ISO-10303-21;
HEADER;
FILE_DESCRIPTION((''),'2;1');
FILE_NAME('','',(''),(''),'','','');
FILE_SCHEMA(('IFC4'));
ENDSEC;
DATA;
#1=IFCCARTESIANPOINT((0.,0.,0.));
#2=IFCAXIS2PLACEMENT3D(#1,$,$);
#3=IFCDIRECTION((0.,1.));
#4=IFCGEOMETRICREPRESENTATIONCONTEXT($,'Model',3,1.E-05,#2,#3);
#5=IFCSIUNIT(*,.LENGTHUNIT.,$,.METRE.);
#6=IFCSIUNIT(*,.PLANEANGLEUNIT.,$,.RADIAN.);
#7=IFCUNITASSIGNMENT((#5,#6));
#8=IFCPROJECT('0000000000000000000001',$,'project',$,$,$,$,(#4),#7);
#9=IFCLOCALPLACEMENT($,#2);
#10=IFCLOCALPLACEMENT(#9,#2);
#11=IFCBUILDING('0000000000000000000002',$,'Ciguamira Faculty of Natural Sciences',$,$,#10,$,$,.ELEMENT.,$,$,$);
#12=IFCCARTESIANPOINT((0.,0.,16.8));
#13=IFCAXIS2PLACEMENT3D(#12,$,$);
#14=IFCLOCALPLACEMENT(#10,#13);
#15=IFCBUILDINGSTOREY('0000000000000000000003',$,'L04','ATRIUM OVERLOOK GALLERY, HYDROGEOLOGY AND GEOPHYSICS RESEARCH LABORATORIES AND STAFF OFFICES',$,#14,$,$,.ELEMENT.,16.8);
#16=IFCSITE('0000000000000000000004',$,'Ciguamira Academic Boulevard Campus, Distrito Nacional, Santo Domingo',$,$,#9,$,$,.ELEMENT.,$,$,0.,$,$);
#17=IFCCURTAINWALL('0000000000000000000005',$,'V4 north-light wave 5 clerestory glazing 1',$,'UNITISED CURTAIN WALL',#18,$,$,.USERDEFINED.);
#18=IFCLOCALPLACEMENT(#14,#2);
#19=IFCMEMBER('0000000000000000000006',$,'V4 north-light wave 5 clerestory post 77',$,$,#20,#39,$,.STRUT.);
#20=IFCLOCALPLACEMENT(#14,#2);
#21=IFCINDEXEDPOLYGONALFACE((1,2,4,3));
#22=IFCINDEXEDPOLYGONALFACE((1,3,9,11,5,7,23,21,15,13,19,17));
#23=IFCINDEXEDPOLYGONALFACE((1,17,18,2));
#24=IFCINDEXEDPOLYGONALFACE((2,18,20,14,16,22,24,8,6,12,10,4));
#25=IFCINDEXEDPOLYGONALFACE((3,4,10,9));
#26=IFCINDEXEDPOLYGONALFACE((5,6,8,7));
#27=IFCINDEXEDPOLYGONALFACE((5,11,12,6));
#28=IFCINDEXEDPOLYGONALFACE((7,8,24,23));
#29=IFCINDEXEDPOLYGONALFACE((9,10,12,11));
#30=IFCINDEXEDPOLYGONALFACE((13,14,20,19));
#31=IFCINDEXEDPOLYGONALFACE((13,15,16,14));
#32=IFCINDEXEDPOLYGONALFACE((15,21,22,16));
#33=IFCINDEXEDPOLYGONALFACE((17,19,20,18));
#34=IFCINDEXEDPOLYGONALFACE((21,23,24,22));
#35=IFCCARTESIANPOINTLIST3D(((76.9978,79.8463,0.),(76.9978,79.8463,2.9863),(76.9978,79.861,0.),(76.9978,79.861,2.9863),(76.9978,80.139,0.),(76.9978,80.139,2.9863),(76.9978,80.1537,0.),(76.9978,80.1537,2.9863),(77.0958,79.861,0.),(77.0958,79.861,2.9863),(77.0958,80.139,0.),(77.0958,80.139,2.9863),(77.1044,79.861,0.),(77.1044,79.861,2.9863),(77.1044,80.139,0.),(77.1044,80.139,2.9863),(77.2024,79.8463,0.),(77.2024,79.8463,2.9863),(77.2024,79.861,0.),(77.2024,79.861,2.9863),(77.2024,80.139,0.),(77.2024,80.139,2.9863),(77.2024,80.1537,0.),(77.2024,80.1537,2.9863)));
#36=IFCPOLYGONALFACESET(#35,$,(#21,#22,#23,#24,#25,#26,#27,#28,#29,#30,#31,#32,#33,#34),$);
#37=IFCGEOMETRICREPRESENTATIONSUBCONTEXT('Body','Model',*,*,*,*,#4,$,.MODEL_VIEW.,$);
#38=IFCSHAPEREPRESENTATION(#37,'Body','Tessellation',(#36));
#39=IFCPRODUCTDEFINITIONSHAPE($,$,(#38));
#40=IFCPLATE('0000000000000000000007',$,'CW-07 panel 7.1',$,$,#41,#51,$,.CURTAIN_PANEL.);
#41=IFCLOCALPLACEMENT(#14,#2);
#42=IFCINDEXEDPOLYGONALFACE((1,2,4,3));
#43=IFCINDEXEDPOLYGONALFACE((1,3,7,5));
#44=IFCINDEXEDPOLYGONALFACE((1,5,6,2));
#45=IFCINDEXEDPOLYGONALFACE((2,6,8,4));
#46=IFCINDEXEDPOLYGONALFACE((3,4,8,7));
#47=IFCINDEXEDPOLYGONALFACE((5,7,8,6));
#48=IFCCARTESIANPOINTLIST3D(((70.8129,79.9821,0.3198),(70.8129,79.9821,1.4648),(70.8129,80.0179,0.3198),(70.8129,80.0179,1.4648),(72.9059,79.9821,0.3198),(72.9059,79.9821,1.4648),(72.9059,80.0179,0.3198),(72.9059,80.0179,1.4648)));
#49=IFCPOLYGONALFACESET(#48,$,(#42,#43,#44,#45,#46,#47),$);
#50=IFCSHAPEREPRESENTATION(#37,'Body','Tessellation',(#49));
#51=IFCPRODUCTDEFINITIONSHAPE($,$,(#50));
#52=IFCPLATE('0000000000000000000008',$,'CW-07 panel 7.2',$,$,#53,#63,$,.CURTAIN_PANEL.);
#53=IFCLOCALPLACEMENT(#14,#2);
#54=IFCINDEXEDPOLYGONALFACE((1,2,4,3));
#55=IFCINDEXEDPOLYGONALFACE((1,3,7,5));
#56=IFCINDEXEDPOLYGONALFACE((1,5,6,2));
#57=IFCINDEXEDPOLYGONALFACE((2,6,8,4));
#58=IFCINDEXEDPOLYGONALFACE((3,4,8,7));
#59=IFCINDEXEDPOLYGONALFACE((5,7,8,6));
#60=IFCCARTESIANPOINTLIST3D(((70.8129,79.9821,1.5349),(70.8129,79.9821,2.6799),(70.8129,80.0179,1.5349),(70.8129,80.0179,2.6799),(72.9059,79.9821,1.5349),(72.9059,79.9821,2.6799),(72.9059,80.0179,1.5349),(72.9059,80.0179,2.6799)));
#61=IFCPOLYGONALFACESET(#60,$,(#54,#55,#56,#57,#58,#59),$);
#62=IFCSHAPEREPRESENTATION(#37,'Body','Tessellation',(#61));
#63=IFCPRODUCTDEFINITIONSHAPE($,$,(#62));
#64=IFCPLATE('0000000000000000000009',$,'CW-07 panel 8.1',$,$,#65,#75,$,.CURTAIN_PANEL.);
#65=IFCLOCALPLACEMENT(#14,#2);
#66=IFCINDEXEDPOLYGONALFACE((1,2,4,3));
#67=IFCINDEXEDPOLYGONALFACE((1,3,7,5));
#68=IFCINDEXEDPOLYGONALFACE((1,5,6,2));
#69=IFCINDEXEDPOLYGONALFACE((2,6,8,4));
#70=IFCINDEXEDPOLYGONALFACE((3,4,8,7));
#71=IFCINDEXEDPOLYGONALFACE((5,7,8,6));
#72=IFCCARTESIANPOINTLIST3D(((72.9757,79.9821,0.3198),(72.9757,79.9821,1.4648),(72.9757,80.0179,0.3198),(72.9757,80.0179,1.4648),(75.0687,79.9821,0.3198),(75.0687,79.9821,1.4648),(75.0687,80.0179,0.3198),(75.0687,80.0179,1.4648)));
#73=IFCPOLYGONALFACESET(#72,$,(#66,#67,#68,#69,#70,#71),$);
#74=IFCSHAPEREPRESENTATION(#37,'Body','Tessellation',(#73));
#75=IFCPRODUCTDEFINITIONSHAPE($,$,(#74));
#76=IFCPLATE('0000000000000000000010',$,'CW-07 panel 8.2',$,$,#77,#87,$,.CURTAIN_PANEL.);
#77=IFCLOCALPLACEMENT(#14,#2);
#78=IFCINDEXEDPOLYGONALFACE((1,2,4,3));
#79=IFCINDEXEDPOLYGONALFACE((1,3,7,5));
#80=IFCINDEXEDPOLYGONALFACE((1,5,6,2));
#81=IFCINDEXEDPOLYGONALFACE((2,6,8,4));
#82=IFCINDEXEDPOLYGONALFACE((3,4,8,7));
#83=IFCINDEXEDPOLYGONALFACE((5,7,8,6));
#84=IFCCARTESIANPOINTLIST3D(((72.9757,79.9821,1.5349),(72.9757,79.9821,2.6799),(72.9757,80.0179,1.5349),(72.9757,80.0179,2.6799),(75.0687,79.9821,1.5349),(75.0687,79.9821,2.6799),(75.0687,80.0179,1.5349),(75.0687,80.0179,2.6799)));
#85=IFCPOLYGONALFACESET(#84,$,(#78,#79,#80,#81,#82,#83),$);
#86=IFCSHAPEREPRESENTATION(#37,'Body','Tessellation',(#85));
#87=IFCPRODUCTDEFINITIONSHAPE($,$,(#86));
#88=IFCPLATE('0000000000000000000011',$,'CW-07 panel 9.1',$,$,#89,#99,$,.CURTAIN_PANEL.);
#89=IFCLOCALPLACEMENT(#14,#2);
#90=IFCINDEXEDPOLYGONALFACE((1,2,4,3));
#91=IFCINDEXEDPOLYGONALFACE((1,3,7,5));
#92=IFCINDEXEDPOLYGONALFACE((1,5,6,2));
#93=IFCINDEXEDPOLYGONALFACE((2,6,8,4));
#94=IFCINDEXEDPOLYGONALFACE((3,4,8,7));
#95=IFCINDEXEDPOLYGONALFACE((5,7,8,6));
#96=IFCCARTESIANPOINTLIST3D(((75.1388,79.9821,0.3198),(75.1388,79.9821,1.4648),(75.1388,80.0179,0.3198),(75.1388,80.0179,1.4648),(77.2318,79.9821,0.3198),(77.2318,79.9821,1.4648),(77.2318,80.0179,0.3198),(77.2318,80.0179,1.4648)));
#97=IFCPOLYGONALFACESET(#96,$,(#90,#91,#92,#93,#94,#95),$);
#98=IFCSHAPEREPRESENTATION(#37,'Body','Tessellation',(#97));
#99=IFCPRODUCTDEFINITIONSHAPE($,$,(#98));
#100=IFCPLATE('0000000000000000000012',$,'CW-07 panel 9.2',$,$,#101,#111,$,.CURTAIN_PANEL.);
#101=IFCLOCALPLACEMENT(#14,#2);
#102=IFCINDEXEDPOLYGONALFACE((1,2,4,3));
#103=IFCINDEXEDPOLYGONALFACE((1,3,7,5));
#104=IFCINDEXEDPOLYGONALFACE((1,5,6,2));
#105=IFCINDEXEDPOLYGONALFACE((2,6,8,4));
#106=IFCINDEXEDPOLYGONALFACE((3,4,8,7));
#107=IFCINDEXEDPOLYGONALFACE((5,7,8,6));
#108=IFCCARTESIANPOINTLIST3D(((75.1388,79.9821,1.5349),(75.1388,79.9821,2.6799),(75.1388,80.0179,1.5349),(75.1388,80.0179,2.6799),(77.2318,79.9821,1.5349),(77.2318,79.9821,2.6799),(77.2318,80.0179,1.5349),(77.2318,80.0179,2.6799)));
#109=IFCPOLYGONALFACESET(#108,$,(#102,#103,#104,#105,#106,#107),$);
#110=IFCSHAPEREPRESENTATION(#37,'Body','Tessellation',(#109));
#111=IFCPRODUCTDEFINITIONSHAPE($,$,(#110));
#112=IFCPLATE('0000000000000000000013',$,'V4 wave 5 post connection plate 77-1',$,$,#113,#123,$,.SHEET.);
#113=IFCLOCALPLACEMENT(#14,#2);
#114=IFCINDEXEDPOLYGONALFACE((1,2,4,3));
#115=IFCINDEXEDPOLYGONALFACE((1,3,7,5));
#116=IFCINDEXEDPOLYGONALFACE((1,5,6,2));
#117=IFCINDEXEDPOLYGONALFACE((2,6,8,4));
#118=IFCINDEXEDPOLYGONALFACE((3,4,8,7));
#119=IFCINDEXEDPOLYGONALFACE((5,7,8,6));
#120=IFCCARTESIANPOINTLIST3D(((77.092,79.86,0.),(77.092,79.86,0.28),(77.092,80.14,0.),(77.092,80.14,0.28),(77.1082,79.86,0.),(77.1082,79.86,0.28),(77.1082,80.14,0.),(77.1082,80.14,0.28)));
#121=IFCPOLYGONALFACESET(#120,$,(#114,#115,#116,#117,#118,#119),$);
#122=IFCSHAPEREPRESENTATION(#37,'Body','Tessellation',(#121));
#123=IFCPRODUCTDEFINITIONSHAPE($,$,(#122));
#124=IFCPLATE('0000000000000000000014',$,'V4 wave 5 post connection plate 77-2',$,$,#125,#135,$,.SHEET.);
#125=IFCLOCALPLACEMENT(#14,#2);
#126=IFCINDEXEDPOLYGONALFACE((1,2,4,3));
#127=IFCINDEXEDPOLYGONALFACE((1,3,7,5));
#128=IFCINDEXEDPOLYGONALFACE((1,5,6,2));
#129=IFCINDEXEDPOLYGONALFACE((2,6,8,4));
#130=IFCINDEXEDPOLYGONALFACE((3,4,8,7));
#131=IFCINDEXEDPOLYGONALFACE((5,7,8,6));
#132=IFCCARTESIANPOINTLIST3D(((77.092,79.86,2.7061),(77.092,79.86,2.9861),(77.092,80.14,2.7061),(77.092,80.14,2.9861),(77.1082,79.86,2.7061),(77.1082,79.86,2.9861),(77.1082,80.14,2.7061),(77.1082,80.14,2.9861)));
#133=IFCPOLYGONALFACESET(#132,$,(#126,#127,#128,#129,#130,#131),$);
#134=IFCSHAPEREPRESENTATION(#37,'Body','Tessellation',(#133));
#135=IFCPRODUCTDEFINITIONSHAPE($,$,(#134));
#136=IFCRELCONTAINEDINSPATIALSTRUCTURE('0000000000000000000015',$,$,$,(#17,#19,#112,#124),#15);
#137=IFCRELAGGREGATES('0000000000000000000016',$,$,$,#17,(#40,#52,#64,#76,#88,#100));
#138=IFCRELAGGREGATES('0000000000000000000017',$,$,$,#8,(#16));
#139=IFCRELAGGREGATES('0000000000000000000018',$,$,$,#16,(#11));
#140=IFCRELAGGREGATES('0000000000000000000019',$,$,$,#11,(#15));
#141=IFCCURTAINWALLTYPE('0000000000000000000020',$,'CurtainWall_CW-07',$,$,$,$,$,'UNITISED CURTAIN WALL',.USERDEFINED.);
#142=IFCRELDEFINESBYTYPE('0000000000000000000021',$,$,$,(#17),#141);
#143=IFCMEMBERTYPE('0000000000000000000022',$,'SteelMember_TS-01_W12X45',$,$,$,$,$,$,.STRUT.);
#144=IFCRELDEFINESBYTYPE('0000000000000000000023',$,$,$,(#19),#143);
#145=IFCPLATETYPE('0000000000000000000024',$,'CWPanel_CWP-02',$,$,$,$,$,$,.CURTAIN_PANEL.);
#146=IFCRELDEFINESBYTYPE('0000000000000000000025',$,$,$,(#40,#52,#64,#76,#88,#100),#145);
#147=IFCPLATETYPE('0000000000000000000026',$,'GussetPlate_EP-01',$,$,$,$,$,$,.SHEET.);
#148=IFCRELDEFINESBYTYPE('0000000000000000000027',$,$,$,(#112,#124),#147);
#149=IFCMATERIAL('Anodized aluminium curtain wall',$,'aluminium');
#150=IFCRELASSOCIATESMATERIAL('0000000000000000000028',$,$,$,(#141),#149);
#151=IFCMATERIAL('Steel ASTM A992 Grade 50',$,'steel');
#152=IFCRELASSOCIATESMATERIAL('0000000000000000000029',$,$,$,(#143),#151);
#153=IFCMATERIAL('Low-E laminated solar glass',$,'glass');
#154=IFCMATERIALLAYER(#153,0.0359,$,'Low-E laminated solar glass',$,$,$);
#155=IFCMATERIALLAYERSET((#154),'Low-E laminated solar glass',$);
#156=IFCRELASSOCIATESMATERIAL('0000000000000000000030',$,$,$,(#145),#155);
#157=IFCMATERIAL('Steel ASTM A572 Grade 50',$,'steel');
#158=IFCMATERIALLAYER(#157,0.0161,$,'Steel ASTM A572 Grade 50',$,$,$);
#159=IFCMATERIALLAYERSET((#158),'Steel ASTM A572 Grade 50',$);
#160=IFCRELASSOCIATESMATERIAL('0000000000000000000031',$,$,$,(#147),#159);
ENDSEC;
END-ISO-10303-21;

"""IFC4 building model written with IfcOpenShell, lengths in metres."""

from ifc_helpers import new_model, si_unit, direction, frame, origin, origin_2d, place, context, subcontext, project, spatial, rectangle, i_section, extrude, material, layer, layer_set, material_profile, profile_set, type_object, element, aggregate, save


model = new_model("IFC4")

# Units and contexts
model_context = context("Model", 3, precision=1e-05, world=origin(), true_north=direction((0.0, 1.0)))
body_context = subcontext(model_context, "Body", "Model", "MODEL_VIEW")
ifc_project = project(units=[si_unit("LENGTHUNIT", "METRE"), si_unit("PLANEANGLEUNIT", "RADIAN")], contexts=[model_context])

# Site, building, storey
site_placement = place(None, origin())
site = spatial("IfcSite", under=ifc_project, at=site_placement, Name="Ciguamira Academic Boulevard Campus, Distrito Nacional, Santo Domingo", CompositionType="ELEMENT", RefElevation=0.0)
building_placement = place(site_placement, origin())
building = spatial("IfcBuilding", under=site, at=building_placement, Name="Ciguamira Faculty of Natural Sciences", CompositionType="ELEMENT")
storey_placement = place(building_placement, frame((0.0, 0.0, 16.8)))
storey = spatial("IfcBuildingStorey", under=building, at=storey_placement, Name="L04", Description="ATRIUM OVERLOOK GALLERY, HYDROGEOLOGY AND GEOPHYSICS RESEARCH LABORATORIES AND STAFF OFFICES", CompositionType="ELEMENT", Elevation=16.8)

# Curtain wall
ifc_material_1 = material(Name="Anodized aluminium curtain wall", Category="aluminium")
curtain_wall_type = type_object("IfcCurtainWallType", Name="CurtainWall_CW-07", ElementType="UNITISED CURTAIN WALL", PredefinedType="USERDEFINED", material=ifc_material_1)
curtain_wall_placement = place(storey_placement, origin())
curtain_wall = element("IfcCurtainWall", 1, at=curtain_wall_placement, inside=storey, type_object=curtain_wall_type, Name="V4 north-light wave 5 clerestory glazing 1", ObjectType="UNITISED CURTAIN WALL", PredefinedType="USERDEFINED")

# Member
ifc_material_2 = material(Name="Steel ASTM A992 Grade 50", Category="steel")
ifc_material_profile_1 = material_profile(ifc_material_2, i_section(OverallWidth=0.2046, OverallDepth=0.3074, WebThickness=0.0085, FlangeThickness=0.0146, at=origin_2d()), Name="W12X45")
ifc_profile_set_1 = profile_set([ifc_material_profile_1], Name="Steel ASTM A992 Grade 50")
member_type_1 = type_object("IfcMemberType", Name="SteelMember_TS-01_W12X45", PredefinedType="STRUT", material=ifc_profile_set_1)
member_1_placement = place(storey_placement, frame((77.1001, 80.0, 0.0), z_axis=(0.0, 0.0, 1.0), x_axis=(1.0, 0.0, 0.0)))
element("IfcMember", 2, at=member_1_placement, inside=storey, type_object=member_type_1, Name="V4 north-light wave 5 clerestory post 77", PredefinedType="STRUT", context=body_context, shape_type="SweptSolid", body=[
    extrude(i_section(OverallWidth=0.2046, OverallDepth=0.3074, WebThickness=0.0085, FlangeThickness=0.0146, at=origin_2d()), origin(), (0.0, 0.0, 1.0), 2.9863),
])

# Plates
ifc_material_3 = material(Name="Low-E laminated solar glass", Category="glass")
ifc_layer_1 = layer(ifc_material_3, 0.0359, Name="Low-E laminated solar glass")
ifc_layer_set_1 = layer_set([ifc_layer_1], Name="Low-E laminated solar glass")
plate_type_1 = type_object("IfcPlateType", Name="CWPanel_CWP-02", PredefinedType="CURTAIN_PANEL", material=ifc_layer_set_1)
plate_1_placement = place(storey_placement, frame((71.8594, 80.0, 0.3198), z_axis=(0.0, 0.0, 1.0), x_axis=(1.0, 0.0, 0.0)))
plate_1 = element("IfcPlate", 3, at=plate_1_placement, type_object=plate_type_1, Name="CW-07 panel 7.1", PredefinedType="CURTAIN_PANEL", context=body_context, shape_type="SweptSolid", body=[
    extrude(rectangle(XDim=2.093, YDim=0.0359, at=origin_2d()), origin(), (0.0, 0.0, 1.0), 1.145),
])
plate_2_placement = place(storey_placement, frame((71.8594, 80.0, 1.5349), z_axis=(0.0, 0.0, 1.0), x_axis=(1.0, 0.0, 0.0)))
plate_2 = element("IfcPlate", 4, at=plate_2_placement, type_object=plate_type_1, Name="CW-07 panel 7.2", PredefinedType="CURTAIN_PANEL", context=body_context, shape_type="SweptSolid", body=[
    extrude(rectangle(XDim=2.093, YDim=0.0359, at=origin_2d()), origin(), (0.0, 0.0, 1.0), 1.145),
])
plate_3_placement = place(storey_placement, frame((74.0222, 80.0, 0.3198), z_axis=(0.0, 0.0, 1.0), x_axis=(1.0, 0.0, 0.0)))
plate_3 = element("IfcPlate", 5, at=plate_3_placement, type_object=plate_type_1, Name="CW-07 panel 8.1", PredefinedType="CURTAIN_PANEL", context=body_context, shape_type="SweptSolid", body=[
    extrude(rectangle(XDim=2.093, YDim=0.0359, at=origin_2d()), origin(), (0.0, 0.0, 1.0), 1.145),
])
plate_4_placement = place(storey_placement, frame((74.0222, 80.0, 1.5349), z_axis=(0.0, 0.0, 1.0), x_axis=(1.0, 0.0, 0.0)))
plate_4 = element("IfcPlate", 6, at=plate_4_placement, type_object=plate_type_1, Name="CW-07 panel 8.2", PredefinedType="CURTAIN_PANEL", context=body_context, shape_type="SweptSolid", body=[
    extrude(rectangle(XDim=2.093, YDim=0.0359, at=origin_2d()), origin(), (0.0, 0.0, 1.0), 1.145),
])
plate_5_placement = place(storey_placement, frame((76.1853, 80.0, 0.3198), z_axis=(0.0, 0.0, 1.0), x_axis=(1.0, 0.0, 0.0)))
plate_5 = element("IfcPlate", 7, at=plate_5_placement, type_object=plate_type_1, Name="CW-07 panel 9.1", PredefinedType="CURTAIN_PANEL", context=body_context, shape_type="SweptSolid", body=[
    extrude(rectangle(XDim=2.093, YDim=0.0359, at=origin_2d()), origin(), (0.0, 0.0, 1.0), 1.145),
])
plate_6_placement = place(storey_placement, frame((76.1853, 80.0, 1.5349), z_axis=(0.0, 0.0, 1.0), x_axis=(1.0, 0.0, 0.0)))
plate_6 = element("IfcPlate", 8, at=plate_6_placement, type_object=plate_type_1, Name="CW-07 panel 9.2", PredefinedType="CURTAIN_PANEL", context=body_context, shape_type="SweptSolid", body=[
    extrude(rectangle(XDim=2.093, YDim=0.0359, at=origin_2d()), origin(), (0.0, 0.0, 1.0), 1.145),
])
aggregate(curtain_wall, [plate_1, plate_2, plate_3, plate_4, plate_5, plate_6])

# Plates
ifc_material_4 = material(Name="Steel ASTM A572 Grade 50", Category="steel")
ifc_layer_2 = layer(ifc_material_4, 0.0161, Name="Steel ASTM A572 Grade 50")
ifc_layer_set_2 = layer_set([ifc_layer_2], Name="Steel ASTM A572 Grade 50")
plate_type_2 = type_object("IfcPlateType", Name="GussetPlate_EP-01", PredefinedType="SHEET", material=ifc_layer_set_2)
for number, where, z_axis, x_axis, name in (
    (9, (77.1001, 80.0, 0.0), (0.0, 0.0, 1.0), (1.0, 0.0, 0.0), "V4 wave 5 post connection plate 77-1"),
    (10, (77.1001, 80.0, 2.7061), (0.0, 0.0, 1.0), (1.0, 0.0, 0.0), "V4 wave 5 post connection plate 77-2"),
):
    element("IfcPlate", number, at=place(storey_placement, frame(where, z_axis=z_axis, x_axis=x_axis)), inside=storey, type_object=plate_type_2, Name=name, PredefinedType="SHEET", context=body_context, shape_type="SweptSolid", body=[
        extrude(rectangle(XDim=0.0161, YDim=0.28, at=origin_2d()), origin(), (0.0, 0.0, 1.0), 0.28),
    ])

save(model, "model.ifc")
